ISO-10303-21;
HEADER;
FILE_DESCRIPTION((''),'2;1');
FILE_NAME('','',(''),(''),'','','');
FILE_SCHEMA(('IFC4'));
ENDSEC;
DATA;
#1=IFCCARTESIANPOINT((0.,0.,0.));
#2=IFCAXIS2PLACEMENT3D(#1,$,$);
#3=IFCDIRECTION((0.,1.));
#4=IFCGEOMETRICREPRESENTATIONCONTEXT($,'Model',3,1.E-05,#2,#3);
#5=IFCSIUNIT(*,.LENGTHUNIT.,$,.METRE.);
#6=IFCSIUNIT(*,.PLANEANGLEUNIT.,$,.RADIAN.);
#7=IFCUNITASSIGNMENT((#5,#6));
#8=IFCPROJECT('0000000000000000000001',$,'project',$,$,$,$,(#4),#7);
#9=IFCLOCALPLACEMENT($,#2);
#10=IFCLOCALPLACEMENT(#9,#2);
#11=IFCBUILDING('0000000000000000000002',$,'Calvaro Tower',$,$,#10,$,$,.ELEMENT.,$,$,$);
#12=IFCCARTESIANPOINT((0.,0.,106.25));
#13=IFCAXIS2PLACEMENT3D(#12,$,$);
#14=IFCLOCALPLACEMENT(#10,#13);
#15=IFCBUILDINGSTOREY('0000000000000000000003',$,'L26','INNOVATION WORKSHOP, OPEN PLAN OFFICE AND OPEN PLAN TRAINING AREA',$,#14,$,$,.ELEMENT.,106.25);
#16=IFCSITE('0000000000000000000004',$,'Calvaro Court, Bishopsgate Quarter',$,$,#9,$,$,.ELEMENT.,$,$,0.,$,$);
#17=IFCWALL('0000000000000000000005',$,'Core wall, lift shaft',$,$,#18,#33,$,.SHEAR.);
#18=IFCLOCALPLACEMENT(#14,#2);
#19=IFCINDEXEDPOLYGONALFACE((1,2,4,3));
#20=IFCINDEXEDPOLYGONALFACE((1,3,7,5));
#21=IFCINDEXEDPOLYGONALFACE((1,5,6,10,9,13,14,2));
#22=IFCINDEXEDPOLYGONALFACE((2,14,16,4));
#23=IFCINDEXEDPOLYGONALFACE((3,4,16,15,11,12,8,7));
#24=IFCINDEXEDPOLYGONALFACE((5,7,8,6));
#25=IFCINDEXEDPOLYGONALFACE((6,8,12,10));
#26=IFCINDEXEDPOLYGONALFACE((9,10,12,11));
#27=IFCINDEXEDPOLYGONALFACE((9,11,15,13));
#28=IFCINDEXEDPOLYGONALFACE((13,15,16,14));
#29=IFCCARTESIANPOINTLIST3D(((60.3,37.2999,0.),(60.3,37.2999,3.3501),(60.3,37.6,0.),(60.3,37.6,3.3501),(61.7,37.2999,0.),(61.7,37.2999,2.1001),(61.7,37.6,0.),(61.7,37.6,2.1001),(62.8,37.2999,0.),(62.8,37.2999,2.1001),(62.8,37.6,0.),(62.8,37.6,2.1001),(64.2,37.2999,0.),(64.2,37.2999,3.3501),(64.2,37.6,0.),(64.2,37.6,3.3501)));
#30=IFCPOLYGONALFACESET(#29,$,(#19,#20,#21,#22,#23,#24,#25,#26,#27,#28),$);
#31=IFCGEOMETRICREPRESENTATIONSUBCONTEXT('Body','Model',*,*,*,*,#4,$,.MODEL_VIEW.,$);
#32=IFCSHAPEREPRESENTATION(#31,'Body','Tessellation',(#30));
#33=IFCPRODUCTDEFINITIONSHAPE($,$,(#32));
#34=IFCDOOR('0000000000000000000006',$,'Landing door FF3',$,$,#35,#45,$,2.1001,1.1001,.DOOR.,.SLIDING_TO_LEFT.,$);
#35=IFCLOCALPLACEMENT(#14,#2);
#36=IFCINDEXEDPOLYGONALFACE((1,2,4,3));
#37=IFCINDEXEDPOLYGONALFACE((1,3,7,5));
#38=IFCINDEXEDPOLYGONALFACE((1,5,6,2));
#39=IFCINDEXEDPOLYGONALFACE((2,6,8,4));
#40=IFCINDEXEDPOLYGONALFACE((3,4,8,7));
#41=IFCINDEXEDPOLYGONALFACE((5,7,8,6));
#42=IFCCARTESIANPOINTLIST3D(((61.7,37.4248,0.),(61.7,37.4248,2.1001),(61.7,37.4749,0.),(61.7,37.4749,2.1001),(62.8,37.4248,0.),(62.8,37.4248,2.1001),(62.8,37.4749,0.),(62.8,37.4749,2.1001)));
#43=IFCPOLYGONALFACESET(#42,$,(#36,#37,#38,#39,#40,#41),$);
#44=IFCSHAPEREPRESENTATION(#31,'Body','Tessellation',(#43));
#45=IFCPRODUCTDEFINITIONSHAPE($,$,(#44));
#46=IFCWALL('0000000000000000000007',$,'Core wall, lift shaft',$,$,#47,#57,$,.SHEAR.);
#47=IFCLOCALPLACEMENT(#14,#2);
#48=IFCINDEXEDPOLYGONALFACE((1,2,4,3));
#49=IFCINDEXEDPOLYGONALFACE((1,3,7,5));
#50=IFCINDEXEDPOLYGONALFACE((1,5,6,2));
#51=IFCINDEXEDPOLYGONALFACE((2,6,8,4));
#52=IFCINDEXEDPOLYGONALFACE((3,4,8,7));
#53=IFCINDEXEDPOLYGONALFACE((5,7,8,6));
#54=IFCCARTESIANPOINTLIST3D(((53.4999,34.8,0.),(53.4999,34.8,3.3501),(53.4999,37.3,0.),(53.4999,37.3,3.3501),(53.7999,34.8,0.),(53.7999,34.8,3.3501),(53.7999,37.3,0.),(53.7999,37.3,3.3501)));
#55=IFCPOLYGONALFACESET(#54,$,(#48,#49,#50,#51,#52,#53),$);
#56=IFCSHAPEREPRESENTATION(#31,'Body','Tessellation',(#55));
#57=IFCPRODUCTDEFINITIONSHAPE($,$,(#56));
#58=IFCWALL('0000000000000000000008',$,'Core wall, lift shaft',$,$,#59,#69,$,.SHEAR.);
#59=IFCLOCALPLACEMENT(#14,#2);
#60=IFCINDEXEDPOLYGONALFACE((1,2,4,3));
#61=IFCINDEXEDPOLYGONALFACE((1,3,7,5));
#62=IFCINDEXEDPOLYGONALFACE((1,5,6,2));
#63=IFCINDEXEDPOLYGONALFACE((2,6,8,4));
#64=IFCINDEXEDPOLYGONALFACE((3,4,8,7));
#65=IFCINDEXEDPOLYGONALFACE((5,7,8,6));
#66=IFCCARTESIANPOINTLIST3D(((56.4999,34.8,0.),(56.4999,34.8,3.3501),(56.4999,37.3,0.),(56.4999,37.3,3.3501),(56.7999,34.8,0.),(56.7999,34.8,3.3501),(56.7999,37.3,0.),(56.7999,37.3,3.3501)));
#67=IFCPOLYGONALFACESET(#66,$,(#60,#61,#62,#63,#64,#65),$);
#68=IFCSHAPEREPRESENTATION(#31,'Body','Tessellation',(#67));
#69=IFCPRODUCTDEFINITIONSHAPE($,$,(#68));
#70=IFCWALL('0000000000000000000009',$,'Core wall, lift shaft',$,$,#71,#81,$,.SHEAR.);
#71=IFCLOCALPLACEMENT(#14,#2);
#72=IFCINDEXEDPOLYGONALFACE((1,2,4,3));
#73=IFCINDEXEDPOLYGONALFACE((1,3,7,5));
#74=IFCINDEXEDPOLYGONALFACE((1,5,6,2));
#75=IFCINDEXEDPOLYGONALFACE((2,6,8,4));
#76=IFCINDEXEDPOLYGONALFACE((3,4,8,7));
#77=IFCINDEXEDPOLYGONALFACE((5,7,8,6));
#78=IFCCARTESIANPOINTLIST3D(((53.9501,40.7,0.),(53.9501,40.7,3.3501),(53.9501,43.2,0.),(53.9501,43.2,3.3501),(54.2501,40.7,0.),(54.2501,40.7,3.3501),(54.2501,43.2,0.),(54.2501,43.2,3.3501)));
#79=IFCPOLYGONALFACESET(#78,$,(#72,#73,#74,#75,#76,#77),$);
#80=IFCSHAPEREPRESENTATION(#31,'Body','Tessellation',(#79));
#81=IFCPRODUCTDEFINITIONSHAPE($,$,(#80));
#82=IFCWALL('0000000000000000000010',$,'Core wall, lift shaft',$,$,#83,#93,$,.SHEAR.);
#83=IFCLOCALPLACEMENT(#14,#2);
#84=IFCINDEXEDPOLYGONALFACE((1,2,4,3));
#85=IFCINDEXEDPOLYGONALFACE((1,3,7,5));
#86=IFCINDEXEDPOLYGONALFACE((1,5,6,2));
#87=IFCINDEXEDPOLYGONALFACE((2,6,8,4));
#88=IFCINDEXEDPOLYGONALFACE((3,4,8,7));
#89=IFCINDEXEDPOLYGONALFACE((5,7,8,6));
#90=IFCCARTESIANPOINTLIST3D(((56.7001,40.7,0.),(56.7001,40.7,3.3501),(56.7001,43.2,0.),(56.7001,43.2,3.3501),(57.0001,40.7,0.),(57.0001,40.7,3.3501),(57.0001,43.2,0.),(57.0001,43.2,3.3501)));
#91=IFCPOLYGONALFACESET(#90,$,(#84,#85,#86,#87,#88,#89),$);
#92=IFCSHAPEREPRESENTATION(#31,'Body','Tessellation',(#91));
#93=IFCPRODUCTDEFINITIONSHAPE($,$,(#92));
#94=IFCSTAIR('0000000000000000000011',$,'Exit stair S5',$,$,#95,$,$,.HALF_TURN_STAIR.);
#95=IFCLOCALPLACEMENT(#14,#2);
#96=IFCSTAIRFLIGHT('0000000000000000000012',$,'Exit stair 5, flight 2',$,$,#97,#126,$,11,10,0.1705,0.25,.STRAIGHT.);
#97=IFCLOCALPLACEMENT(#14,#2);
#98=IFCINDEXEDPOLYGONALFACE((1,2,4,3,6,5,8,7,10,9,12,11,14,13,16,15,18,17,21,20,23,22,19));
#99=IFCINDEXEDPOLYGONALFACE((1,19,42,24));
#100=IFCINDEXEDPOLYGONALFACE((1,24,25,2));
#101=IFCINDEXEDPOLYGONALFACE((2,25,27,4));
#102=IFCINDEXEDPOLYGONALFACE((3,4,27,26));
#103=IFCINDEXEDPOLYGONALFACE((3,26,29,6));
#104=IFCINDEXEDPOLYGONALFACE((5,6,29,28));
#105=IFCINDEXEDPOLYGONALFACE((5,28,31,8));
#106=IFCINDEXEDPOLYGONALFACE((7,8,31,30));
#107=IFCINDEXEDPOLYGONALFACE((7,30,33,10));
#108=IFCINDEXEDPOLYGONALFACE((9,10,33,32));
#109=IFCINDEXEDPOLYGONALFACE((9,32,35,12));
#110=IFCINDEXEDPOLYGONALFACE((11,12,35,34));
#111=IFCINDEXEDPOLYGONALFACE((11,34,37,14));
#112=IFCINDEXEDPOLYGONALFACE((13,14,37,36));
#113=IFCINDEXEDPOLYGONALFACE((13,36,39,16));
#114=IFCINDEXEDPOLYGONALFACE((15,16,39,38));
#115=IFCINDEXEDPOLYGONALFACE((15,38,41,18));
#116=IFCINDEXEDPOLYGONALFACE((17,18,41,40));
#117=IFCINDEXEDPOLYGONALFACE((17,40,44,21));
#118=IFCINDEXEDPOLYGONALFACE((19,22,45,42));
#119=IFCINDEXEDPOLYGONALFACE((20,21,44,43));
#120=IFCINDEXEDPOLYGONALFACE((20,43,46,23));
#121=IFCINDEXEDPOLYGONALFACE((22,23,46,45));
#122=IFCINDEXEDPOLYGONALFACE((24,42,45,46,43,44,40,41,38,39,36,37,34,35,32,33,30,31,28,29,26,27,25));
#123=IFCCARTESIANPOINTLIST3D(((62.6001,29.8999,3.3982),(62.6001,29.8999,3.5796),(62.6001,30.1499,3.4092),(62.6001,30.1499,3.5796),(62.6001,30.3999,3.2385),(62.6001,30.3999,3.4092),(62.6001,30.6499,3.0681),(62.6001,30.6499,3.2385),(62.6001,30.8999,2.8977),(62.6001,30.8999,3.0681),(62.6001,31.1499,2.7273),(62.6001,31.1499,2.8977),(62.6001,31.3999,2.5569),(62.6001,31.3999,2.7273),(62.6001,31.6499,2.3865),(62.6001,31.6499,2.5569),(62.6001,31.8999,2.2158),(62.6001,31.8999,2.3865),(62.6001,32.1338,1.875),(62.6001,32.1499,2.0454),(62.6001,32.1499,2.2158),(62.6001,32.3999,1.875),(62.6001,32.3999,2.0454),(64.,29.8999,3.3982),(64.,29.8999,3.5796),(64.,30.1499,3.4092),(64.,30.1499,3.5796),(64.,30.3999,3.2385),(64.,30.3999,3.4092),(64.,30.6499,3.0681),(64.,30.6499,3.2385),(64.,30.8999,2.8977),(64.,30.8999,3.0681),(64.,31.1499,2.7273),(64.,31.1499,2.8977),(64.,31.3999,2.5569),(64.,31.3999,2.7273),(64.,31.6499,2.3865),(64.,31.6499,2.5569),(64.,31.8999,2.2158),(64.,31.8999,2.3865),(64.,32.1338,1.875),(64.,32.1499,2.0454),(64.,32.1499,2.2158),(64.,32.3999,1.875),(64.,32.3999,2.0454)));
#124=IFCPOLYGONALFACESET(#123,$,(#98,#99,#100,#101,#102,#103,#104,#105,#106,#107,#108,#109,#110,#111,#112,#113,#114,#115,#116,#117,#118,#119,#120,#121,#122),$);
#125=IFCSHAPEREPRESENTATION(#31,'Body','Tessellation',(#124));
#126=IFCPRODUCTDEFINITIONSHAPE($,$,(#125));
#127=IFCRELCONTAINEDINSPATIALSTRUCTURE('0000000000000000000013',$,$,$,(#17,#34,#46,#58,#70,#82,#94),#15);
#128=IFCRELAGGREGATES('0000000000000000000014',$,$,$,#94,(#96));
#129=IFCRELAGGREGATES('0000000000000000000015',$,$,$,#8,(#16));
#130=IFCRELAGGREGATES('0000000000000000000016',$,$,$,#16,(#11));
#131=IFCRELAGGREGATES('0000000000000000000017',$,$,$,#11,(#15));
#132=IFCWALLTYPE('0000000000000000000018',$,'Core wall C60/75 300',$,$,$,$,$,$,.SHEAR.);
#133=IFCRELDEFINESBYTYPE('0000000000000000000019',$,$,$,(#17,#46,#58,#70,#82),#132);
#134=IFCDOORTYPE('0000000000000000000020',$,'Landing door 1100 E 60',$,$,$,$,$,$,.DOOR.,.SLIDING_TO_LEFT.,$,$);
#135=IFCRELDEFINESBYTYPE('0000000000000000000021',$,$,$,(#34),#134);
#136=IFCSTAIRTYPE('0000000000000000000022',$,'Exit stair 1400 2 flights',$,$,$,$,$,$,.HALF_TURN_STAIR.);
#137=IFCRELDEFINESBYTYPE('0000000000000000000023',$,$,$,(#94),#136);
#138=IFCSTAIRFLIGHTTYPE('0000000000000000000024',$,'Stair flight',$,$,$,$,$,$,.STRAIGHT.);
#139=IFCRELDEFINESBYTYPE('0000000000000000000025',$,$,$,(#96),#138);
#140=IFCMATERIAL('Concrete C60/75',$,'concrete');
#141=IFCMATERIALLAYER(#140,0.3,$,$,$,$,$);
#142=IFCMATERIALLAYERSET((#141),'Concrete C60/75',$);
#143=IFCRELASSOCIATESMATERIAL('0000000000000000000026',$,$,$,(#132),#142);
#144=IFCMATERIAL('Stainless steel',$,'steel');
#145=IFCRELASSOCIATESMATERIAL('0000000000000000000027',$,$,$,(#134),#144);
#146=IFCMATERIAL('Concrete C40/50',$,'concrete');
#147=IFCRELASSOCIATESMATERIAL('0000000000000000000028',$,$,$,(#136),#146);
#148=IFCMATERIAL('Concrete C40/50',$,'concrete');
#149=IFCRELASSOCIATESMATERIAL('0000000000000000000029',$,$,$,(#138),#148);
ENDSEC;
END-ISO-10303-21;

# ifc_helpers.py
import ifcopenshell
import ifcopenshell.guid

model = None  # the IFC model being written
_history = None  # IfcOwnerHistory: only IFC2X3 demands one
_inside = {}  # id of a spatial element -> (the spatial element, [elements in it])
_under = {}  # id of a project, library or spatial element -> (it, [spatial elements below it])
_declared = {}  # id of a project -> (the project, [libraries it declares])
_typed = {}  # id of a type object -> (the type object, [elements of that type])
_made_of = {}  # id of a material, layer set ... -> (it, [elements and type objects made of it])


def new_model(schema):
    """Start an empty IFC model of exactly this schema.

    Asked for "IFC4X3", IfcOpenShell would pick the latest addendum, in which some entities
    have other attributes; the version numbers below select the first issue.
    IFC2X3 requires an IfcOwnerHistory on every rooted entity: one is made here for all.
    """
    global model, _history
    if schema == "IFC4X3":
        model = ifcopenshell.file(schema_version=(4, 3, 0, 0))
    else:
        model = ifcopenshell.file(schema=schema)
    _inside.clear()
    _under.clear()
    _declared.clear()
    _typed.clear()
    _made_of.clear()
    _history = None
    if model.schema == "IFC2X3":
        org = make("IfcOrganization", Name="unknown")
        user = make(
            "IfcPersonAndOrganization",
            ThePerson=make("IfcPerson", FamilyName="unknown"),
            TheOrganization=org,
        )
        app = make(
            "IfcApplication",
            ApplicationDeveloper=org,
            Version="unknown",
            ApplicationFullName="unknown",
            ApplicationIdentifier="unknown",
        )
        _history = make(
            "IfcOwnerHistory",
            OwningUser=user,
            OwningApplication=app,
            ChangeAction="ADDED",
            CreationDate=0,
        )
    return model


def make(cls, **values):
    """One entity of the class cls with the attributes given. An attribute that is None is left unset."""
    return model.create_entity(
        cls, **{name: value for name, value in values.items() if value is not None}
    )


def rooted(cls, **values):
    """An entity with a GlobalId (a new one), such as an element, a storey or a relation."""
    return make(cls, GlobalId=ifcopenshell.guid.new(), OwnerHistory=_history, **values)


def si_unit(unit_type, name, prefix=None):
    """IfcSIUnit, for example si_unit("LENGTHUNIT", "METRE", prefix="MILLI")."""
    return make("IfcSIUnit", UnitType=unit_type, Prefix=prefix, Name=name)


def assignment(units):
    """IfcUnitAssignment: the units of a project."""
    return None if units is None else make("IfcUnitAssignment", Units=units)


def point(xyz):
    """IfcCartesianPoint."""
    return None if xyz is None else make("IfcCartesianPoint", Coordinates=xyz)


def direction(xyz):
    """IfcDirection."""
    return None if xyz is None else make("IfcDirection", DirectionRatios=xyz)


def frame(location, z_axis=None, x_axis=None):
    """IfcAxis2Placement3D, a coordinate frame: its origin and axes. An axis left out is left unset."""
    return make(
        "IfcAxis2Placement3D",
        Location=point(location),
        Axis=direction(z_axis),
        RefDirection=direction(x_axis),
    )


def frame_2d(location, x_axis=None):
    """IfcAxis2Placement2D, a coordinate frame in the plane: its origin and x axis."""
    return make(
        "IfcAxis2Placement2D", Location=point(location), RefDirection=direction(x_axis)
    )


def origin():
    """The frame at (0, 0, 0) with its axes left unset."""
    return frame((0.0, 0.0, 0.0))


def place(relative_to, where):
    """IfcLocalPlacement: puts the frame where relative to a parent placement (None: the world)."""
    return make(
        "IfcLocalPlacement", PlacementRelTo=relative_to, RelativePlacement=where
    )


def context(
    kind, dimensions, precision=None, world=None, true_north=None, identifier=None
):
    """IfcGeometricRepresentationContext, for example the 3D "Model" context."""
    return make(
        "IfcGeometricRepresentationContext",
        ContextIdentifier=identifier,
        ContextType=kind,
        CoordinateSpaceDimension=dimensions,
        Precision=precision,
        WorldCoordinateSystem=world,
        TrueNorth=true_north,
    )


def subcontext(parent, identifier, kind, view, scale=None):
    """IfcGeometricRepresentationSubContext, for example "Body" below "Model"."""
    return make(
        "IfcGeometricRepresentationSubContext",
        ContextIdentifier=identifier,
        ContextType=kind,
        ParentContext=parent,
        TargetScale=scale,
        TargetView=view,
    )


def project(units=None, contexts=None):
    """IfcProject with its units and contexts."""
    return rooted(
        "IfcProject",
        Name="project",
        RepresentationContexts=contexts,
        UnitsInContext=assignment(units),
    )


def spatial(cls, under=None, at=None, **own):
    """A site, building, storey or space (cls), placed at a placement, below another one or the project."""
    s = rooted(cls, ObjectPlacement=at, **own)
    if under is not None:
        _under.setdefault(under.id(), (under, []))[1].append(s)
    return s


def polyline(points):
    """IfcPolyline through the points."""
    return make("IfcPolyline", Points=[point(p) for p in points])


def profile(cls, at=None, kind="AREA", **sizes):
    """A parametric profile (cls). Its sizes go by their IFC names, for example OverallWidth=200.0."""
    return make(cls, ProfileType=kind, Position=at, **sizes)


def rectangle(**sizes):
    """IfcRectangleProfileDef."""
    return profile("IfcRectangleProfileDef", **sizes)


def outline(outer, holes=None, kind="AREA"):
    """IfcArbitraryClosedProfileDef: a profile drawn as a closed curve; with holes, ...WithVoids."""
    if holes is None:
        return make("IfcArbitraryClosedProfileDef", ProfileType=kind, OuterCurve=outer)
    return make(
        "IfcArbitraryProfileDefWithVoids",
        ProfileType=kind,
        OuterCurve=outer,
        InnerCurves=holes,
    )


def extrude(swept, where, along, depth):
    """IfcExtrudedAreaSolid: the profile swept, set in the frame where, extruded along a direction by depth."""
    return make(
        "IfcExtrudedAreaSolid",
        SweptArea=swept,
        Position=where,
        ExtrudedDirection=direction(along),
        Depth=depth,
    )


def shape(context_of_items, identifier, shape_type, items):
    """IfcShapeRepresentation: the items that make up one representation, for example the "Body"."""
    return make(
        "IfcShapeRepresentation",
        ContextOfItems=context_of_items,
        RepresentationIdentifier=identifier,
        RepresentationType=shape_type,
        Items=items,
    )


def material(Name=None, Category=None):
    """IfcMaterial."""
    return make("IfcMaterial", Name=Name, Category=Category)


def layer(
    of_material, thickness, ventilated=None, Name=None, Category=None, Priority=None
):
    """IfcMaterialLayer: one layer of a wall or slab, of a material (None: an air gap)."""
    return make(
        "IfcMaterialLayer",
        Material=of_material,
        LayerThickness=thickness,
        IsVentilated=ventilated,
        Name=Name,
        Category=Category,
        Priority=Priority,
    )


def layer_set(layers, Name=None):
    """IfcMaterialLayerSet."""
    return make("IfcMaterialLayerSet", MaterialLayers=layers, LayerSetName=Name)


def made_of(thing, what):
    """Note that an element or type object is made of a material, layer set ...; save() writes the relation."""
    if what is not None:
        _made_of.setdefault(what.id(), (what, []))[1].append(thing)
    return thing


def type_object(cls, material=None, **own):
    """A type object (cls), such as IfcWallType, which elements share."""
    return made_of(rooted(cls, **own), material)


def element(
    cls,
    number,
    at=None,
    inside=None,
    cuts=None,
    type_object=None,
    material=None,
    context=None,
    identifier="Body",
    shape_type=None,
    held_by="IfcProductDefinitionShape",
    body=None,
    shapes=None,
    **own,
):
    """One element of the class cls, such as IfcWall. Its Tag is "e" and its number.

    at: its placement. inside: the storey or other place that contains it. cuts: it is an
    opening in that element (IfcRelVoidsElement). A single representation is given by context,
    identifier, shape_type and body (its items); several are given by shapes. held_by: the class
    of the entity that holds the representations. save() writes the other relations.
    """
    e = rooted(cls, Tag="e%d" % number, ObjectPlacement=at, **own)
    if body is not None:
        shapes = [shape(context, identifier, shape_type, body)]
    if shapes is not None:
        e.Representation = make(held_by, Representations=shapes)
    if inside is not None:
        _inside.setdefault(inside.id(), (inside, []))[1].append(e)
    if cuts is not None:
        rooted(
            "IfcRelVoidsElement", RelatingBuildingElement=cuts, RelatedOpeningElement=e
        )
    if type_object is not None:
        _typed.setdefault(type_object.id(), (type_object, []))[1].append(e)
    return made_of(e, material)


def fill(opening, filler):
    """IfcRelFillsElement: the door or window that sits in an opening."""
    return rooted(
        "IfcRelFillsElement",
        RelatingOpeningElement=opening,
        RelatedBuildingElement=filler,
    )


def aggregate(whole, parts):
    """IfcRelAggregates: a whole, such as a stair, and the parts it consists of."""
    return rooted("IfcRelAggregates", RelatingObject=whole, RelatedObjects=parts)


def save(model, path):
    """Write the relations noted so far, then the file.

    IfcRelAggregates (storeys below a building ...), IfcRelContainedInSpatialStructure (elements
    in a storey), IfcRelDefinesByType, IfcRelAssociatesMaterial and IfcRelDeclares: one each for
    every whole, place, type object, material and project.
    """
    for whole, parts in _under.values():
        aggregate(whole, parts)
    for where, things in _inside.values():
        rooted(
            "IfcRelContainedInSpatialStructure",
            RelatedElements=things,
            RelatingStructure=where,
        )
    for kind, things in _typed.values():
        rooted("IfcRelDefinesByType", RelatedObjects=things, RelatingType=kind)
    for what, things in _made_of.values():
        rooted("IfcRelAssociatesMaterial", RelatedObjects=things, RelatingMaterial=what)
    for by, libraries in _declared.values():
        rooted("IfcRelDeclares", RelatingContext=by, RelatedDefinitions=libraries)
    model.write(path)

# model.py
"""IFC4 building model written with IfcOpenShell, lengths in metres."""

from ifc_helpers import new_model, si_unit, direction, frame, frame_2d, origin, place, context, subcontext, project, spatial, polyline, rectangle, outline, extrude, material, layer, layer_set, type_object, element, fill, aggregate, save


model = new_model("IFC4")

# Units and contexts
model_context = context("Model", 3, precision=1e-05, world=origin(), true_north=direction((0.0, 1.0)))
body_context = subcontext(model_context, "Body", "Model", "MODEL_VIEW")
ifc_project = project(units=[si_unit("LENGTHUNIT", "METRE"), si_unit("PLANEANGLEUNIT", "RADIAN")], contexts=[model_context])

# Site, building, storey
site_placement = place(None, origin())
site = spatial("IfcSite", under=ifc_project, at=site_placement, Name="Calvaro Court, Bishopsgate Quarter", CompositionType="ELEMENT", RefElevation=0.0)
building_placement = place(site_placement, origin())
building = spatial("IfcBuilding", under=site, at=building_placement, Name="Calvaro Tower", CompositionType="ELEMENT")
storey_placement = place(building_placement, frame((0.0, 0.0, 106.25)))
storey = spatial("IfcBuildingStorey", under=building, at=storey_placement, Name="L26", Description="INNOVATION WORKSHOP, OPEN PLAN OFFICE AND OPEN PLAN TRAINING AREA", CompositionType="ELEMENT", Elevation=106.25)

# Shared definitions
ifc_material_1 = material(Name="Concrete C60/75", Category="concrete")
ifc_layer_1 = layer(ifc_material_1, 0.3)
ifc_layer_set_1 = layer_set([ifc_layer_1], Name="Concrete C60/75")
wall_type_1 = type_object("IfcWallType", Name="Core wall C60/75 300", PredefinedType="SHEAR", material=ifc_layer_set_1)

# Wall, opening, door
wall_1_placement = place(storey_placement, frame((60.3, 37.45, 0.0), z_axis=(0.0, 0.0, 1.0), x_axis=(1.0, 0.0, 0.0)))
wall_1 = element("IfcWall", 1, at=wall_1_placement, inside=storey, type_object=wall_type_1, Name="Core wall, lift shaft", PredefinedType="SHEAR", context=body_context, shape_type="SweptSolid", body=[
    extrude(rectangle(XDim=3.8999, YDim=0.3, at=frame_2d((1.95, 0.0))), origin(), (0.0, 0.0, 1.0), 3.3501),
])
opening_1_placement = place(wall_1_placement, frame((1.3999, 0.0, 0.0)))
opening_1 = element("IfcOpeningElement", 2, at=opening_1_placement, cuts=wall_1, PredefinedType="OPENING", context=body_context, shape_type="SweptSolid", body=[
    extrude(rectangle(XDim=1.1001, YDim=2.1001, at=frame_2d((0.55, 1.05))), frame((0.0, 0.1599, 0.0), z_axis=(0.0, -1.0, 0.0), x_axis=(1.0, 0.0, 0.0)), (0.0, 0.0, 1.0), 0.3201),
])
ifc_material_2 = material(Name="Stainless steel", Category="steel")
door_type_1 = type_object("IfcDoorType", Name="Landing door 1100 E 60", OperationType="SLIDING_TO_LEFT", PredefinedType="DOOR", material=ifc_material_2)
door_1_placement = place(opening_1_placement, origin())
door_1 = element("IfcDoor", 3, at=door_1_placement, inside=storey, type_object=door_type_1, Name="Landing door FF3", OperationType="SLIDING_TO_LEFT", OverallHeight=2.1001, OverallWidth=1.1001, PredefinedType="DOOR", context=body_context, shape_type="SweptSolid", body=[
    extrude(rectangle(XDim=1.1001, YDim=2.1001, at=frame_2d((0.55, 1.05))), frame((0.0, 0.0249, 0.0), z_axis=(0.0, -1.0, 0.0), x_axis=(1.0, 0.0, 0.0)), (0.0, 0.0, 1.0), 0.05),
])
fill(opening_1, door_1)

# Walls
for number, where, z_axis, x_axis, name in (
    (4, (53.6499, 34.8, 0.0), (0.0, 0.0, 1.0), (0.0, 1.0, 0.0), "Core wall, lift shaft"),
    (5, (56.6499, 34.8, 0.0), (0.0, 0.0, 1.0), (0.0, 1.0, 0.0), "Core wall, lift shaft"),
    (6, (54.1001, 40.7, 0.0), (0.0, 0.0, 1.0), (0.0, 1.0, 0.0), "Core wall, lift shaft"),
    (7, (56.8501, 40.7, 0.0), (0.0, 0.0, 1.0), (0.0, 1.0, 0.0), "Core wall, lift shaft"),
):
    element("IfcWall", number, at=place(storey_placement, frame(where, z_axis=z_axis, x_axis=x_axis)), inside=storey, type_object=wall_type_1, Name=name, PredefinedType="SHEAR", context=body_context, shape_type="SweptSolid", body=[
        extrude(rectangle(XDim=2.5, YDim=0.3, at=frame_2d((1.25, 0.0))), origin(), (0.0, 0.0, 1.0), 3.3501),
    ])

# Stair, stair flight
ifc_material_3 = material(Name="Concrete C40/50", Category="concrete")
stair_type = type_object("IfcStairType", Name="Exit stair 1400 2 flights", PredefinedType="HALF_TURN_STAIR", material=ifc_material_3)
stair_placement = place(storey_placement, origin())
stair = element("IfcStair", 8, at=stair_placement, inside=storey, type_object=stair_type, Name="Exit stair S5", PredefinedType="HALF_TURN_STAIR")
ifc_material_4 = material(Name="Concrete C40/50", Category="concrete")
stair_flight_type = type_object("IfcStairFlightType", Name="Stair flight", PredefinedType="STRAIGHT", material=ifc_material_4)
stair_flight_placement = place(storey_placement, frame((63.3, 32.3999, 1.875), z_axis=(0.0, 0.0, 1.0), x_axis=(0.0, -1.0, 0.0)))
stair_flight = element("IfcStairFlight", 9, at=stair_flight_placement, type_object=stair_flight_type, Name="Exit stair 5, flight 2", NumberOfRisers=11, NumberOfTreads=10, PredefinedType="STRAIGHT", RiserHeight=0.1705, TreadLength=0.25, context=body_context, shape_type="SweptSolid", body=[
    extrude(outline(polyline([(0.0, 0.0), (0.0, 0.1704), (0.25, 0.1704), (0.25, 0.3408), (0.5, 0.3408), (0.5, 0.5115), (0.75, 0.5115), (0.75, 0.6819), (1.0, 0.6819), (1.0, 0.8523), (1.25, 0.8523), (1.25, 1.0227), (1.5, 1.0227), (1.5, 1.1931), (1.75, 1.1931), (1.75, 1.3635), (2.0, 1.3635), (2.0, 1.5342), (2.25, 1.5342), (2.25, 1.7046), (2.5, 1.7046), (2.5, 1.875), (2.5, 1.5232), (0.2661, 0.0), (0.0, 0.0)])), frame((0.0, 0.7, 0.0), z_axis=(0.0, -1.0, 0.0), x_axis=(1.0, 0.0, 0.0)), (0.0, 0.0, 1.0), 1.3999),
])
aggregate(stair, [stair_flight])

save(model, "model.ifc")
